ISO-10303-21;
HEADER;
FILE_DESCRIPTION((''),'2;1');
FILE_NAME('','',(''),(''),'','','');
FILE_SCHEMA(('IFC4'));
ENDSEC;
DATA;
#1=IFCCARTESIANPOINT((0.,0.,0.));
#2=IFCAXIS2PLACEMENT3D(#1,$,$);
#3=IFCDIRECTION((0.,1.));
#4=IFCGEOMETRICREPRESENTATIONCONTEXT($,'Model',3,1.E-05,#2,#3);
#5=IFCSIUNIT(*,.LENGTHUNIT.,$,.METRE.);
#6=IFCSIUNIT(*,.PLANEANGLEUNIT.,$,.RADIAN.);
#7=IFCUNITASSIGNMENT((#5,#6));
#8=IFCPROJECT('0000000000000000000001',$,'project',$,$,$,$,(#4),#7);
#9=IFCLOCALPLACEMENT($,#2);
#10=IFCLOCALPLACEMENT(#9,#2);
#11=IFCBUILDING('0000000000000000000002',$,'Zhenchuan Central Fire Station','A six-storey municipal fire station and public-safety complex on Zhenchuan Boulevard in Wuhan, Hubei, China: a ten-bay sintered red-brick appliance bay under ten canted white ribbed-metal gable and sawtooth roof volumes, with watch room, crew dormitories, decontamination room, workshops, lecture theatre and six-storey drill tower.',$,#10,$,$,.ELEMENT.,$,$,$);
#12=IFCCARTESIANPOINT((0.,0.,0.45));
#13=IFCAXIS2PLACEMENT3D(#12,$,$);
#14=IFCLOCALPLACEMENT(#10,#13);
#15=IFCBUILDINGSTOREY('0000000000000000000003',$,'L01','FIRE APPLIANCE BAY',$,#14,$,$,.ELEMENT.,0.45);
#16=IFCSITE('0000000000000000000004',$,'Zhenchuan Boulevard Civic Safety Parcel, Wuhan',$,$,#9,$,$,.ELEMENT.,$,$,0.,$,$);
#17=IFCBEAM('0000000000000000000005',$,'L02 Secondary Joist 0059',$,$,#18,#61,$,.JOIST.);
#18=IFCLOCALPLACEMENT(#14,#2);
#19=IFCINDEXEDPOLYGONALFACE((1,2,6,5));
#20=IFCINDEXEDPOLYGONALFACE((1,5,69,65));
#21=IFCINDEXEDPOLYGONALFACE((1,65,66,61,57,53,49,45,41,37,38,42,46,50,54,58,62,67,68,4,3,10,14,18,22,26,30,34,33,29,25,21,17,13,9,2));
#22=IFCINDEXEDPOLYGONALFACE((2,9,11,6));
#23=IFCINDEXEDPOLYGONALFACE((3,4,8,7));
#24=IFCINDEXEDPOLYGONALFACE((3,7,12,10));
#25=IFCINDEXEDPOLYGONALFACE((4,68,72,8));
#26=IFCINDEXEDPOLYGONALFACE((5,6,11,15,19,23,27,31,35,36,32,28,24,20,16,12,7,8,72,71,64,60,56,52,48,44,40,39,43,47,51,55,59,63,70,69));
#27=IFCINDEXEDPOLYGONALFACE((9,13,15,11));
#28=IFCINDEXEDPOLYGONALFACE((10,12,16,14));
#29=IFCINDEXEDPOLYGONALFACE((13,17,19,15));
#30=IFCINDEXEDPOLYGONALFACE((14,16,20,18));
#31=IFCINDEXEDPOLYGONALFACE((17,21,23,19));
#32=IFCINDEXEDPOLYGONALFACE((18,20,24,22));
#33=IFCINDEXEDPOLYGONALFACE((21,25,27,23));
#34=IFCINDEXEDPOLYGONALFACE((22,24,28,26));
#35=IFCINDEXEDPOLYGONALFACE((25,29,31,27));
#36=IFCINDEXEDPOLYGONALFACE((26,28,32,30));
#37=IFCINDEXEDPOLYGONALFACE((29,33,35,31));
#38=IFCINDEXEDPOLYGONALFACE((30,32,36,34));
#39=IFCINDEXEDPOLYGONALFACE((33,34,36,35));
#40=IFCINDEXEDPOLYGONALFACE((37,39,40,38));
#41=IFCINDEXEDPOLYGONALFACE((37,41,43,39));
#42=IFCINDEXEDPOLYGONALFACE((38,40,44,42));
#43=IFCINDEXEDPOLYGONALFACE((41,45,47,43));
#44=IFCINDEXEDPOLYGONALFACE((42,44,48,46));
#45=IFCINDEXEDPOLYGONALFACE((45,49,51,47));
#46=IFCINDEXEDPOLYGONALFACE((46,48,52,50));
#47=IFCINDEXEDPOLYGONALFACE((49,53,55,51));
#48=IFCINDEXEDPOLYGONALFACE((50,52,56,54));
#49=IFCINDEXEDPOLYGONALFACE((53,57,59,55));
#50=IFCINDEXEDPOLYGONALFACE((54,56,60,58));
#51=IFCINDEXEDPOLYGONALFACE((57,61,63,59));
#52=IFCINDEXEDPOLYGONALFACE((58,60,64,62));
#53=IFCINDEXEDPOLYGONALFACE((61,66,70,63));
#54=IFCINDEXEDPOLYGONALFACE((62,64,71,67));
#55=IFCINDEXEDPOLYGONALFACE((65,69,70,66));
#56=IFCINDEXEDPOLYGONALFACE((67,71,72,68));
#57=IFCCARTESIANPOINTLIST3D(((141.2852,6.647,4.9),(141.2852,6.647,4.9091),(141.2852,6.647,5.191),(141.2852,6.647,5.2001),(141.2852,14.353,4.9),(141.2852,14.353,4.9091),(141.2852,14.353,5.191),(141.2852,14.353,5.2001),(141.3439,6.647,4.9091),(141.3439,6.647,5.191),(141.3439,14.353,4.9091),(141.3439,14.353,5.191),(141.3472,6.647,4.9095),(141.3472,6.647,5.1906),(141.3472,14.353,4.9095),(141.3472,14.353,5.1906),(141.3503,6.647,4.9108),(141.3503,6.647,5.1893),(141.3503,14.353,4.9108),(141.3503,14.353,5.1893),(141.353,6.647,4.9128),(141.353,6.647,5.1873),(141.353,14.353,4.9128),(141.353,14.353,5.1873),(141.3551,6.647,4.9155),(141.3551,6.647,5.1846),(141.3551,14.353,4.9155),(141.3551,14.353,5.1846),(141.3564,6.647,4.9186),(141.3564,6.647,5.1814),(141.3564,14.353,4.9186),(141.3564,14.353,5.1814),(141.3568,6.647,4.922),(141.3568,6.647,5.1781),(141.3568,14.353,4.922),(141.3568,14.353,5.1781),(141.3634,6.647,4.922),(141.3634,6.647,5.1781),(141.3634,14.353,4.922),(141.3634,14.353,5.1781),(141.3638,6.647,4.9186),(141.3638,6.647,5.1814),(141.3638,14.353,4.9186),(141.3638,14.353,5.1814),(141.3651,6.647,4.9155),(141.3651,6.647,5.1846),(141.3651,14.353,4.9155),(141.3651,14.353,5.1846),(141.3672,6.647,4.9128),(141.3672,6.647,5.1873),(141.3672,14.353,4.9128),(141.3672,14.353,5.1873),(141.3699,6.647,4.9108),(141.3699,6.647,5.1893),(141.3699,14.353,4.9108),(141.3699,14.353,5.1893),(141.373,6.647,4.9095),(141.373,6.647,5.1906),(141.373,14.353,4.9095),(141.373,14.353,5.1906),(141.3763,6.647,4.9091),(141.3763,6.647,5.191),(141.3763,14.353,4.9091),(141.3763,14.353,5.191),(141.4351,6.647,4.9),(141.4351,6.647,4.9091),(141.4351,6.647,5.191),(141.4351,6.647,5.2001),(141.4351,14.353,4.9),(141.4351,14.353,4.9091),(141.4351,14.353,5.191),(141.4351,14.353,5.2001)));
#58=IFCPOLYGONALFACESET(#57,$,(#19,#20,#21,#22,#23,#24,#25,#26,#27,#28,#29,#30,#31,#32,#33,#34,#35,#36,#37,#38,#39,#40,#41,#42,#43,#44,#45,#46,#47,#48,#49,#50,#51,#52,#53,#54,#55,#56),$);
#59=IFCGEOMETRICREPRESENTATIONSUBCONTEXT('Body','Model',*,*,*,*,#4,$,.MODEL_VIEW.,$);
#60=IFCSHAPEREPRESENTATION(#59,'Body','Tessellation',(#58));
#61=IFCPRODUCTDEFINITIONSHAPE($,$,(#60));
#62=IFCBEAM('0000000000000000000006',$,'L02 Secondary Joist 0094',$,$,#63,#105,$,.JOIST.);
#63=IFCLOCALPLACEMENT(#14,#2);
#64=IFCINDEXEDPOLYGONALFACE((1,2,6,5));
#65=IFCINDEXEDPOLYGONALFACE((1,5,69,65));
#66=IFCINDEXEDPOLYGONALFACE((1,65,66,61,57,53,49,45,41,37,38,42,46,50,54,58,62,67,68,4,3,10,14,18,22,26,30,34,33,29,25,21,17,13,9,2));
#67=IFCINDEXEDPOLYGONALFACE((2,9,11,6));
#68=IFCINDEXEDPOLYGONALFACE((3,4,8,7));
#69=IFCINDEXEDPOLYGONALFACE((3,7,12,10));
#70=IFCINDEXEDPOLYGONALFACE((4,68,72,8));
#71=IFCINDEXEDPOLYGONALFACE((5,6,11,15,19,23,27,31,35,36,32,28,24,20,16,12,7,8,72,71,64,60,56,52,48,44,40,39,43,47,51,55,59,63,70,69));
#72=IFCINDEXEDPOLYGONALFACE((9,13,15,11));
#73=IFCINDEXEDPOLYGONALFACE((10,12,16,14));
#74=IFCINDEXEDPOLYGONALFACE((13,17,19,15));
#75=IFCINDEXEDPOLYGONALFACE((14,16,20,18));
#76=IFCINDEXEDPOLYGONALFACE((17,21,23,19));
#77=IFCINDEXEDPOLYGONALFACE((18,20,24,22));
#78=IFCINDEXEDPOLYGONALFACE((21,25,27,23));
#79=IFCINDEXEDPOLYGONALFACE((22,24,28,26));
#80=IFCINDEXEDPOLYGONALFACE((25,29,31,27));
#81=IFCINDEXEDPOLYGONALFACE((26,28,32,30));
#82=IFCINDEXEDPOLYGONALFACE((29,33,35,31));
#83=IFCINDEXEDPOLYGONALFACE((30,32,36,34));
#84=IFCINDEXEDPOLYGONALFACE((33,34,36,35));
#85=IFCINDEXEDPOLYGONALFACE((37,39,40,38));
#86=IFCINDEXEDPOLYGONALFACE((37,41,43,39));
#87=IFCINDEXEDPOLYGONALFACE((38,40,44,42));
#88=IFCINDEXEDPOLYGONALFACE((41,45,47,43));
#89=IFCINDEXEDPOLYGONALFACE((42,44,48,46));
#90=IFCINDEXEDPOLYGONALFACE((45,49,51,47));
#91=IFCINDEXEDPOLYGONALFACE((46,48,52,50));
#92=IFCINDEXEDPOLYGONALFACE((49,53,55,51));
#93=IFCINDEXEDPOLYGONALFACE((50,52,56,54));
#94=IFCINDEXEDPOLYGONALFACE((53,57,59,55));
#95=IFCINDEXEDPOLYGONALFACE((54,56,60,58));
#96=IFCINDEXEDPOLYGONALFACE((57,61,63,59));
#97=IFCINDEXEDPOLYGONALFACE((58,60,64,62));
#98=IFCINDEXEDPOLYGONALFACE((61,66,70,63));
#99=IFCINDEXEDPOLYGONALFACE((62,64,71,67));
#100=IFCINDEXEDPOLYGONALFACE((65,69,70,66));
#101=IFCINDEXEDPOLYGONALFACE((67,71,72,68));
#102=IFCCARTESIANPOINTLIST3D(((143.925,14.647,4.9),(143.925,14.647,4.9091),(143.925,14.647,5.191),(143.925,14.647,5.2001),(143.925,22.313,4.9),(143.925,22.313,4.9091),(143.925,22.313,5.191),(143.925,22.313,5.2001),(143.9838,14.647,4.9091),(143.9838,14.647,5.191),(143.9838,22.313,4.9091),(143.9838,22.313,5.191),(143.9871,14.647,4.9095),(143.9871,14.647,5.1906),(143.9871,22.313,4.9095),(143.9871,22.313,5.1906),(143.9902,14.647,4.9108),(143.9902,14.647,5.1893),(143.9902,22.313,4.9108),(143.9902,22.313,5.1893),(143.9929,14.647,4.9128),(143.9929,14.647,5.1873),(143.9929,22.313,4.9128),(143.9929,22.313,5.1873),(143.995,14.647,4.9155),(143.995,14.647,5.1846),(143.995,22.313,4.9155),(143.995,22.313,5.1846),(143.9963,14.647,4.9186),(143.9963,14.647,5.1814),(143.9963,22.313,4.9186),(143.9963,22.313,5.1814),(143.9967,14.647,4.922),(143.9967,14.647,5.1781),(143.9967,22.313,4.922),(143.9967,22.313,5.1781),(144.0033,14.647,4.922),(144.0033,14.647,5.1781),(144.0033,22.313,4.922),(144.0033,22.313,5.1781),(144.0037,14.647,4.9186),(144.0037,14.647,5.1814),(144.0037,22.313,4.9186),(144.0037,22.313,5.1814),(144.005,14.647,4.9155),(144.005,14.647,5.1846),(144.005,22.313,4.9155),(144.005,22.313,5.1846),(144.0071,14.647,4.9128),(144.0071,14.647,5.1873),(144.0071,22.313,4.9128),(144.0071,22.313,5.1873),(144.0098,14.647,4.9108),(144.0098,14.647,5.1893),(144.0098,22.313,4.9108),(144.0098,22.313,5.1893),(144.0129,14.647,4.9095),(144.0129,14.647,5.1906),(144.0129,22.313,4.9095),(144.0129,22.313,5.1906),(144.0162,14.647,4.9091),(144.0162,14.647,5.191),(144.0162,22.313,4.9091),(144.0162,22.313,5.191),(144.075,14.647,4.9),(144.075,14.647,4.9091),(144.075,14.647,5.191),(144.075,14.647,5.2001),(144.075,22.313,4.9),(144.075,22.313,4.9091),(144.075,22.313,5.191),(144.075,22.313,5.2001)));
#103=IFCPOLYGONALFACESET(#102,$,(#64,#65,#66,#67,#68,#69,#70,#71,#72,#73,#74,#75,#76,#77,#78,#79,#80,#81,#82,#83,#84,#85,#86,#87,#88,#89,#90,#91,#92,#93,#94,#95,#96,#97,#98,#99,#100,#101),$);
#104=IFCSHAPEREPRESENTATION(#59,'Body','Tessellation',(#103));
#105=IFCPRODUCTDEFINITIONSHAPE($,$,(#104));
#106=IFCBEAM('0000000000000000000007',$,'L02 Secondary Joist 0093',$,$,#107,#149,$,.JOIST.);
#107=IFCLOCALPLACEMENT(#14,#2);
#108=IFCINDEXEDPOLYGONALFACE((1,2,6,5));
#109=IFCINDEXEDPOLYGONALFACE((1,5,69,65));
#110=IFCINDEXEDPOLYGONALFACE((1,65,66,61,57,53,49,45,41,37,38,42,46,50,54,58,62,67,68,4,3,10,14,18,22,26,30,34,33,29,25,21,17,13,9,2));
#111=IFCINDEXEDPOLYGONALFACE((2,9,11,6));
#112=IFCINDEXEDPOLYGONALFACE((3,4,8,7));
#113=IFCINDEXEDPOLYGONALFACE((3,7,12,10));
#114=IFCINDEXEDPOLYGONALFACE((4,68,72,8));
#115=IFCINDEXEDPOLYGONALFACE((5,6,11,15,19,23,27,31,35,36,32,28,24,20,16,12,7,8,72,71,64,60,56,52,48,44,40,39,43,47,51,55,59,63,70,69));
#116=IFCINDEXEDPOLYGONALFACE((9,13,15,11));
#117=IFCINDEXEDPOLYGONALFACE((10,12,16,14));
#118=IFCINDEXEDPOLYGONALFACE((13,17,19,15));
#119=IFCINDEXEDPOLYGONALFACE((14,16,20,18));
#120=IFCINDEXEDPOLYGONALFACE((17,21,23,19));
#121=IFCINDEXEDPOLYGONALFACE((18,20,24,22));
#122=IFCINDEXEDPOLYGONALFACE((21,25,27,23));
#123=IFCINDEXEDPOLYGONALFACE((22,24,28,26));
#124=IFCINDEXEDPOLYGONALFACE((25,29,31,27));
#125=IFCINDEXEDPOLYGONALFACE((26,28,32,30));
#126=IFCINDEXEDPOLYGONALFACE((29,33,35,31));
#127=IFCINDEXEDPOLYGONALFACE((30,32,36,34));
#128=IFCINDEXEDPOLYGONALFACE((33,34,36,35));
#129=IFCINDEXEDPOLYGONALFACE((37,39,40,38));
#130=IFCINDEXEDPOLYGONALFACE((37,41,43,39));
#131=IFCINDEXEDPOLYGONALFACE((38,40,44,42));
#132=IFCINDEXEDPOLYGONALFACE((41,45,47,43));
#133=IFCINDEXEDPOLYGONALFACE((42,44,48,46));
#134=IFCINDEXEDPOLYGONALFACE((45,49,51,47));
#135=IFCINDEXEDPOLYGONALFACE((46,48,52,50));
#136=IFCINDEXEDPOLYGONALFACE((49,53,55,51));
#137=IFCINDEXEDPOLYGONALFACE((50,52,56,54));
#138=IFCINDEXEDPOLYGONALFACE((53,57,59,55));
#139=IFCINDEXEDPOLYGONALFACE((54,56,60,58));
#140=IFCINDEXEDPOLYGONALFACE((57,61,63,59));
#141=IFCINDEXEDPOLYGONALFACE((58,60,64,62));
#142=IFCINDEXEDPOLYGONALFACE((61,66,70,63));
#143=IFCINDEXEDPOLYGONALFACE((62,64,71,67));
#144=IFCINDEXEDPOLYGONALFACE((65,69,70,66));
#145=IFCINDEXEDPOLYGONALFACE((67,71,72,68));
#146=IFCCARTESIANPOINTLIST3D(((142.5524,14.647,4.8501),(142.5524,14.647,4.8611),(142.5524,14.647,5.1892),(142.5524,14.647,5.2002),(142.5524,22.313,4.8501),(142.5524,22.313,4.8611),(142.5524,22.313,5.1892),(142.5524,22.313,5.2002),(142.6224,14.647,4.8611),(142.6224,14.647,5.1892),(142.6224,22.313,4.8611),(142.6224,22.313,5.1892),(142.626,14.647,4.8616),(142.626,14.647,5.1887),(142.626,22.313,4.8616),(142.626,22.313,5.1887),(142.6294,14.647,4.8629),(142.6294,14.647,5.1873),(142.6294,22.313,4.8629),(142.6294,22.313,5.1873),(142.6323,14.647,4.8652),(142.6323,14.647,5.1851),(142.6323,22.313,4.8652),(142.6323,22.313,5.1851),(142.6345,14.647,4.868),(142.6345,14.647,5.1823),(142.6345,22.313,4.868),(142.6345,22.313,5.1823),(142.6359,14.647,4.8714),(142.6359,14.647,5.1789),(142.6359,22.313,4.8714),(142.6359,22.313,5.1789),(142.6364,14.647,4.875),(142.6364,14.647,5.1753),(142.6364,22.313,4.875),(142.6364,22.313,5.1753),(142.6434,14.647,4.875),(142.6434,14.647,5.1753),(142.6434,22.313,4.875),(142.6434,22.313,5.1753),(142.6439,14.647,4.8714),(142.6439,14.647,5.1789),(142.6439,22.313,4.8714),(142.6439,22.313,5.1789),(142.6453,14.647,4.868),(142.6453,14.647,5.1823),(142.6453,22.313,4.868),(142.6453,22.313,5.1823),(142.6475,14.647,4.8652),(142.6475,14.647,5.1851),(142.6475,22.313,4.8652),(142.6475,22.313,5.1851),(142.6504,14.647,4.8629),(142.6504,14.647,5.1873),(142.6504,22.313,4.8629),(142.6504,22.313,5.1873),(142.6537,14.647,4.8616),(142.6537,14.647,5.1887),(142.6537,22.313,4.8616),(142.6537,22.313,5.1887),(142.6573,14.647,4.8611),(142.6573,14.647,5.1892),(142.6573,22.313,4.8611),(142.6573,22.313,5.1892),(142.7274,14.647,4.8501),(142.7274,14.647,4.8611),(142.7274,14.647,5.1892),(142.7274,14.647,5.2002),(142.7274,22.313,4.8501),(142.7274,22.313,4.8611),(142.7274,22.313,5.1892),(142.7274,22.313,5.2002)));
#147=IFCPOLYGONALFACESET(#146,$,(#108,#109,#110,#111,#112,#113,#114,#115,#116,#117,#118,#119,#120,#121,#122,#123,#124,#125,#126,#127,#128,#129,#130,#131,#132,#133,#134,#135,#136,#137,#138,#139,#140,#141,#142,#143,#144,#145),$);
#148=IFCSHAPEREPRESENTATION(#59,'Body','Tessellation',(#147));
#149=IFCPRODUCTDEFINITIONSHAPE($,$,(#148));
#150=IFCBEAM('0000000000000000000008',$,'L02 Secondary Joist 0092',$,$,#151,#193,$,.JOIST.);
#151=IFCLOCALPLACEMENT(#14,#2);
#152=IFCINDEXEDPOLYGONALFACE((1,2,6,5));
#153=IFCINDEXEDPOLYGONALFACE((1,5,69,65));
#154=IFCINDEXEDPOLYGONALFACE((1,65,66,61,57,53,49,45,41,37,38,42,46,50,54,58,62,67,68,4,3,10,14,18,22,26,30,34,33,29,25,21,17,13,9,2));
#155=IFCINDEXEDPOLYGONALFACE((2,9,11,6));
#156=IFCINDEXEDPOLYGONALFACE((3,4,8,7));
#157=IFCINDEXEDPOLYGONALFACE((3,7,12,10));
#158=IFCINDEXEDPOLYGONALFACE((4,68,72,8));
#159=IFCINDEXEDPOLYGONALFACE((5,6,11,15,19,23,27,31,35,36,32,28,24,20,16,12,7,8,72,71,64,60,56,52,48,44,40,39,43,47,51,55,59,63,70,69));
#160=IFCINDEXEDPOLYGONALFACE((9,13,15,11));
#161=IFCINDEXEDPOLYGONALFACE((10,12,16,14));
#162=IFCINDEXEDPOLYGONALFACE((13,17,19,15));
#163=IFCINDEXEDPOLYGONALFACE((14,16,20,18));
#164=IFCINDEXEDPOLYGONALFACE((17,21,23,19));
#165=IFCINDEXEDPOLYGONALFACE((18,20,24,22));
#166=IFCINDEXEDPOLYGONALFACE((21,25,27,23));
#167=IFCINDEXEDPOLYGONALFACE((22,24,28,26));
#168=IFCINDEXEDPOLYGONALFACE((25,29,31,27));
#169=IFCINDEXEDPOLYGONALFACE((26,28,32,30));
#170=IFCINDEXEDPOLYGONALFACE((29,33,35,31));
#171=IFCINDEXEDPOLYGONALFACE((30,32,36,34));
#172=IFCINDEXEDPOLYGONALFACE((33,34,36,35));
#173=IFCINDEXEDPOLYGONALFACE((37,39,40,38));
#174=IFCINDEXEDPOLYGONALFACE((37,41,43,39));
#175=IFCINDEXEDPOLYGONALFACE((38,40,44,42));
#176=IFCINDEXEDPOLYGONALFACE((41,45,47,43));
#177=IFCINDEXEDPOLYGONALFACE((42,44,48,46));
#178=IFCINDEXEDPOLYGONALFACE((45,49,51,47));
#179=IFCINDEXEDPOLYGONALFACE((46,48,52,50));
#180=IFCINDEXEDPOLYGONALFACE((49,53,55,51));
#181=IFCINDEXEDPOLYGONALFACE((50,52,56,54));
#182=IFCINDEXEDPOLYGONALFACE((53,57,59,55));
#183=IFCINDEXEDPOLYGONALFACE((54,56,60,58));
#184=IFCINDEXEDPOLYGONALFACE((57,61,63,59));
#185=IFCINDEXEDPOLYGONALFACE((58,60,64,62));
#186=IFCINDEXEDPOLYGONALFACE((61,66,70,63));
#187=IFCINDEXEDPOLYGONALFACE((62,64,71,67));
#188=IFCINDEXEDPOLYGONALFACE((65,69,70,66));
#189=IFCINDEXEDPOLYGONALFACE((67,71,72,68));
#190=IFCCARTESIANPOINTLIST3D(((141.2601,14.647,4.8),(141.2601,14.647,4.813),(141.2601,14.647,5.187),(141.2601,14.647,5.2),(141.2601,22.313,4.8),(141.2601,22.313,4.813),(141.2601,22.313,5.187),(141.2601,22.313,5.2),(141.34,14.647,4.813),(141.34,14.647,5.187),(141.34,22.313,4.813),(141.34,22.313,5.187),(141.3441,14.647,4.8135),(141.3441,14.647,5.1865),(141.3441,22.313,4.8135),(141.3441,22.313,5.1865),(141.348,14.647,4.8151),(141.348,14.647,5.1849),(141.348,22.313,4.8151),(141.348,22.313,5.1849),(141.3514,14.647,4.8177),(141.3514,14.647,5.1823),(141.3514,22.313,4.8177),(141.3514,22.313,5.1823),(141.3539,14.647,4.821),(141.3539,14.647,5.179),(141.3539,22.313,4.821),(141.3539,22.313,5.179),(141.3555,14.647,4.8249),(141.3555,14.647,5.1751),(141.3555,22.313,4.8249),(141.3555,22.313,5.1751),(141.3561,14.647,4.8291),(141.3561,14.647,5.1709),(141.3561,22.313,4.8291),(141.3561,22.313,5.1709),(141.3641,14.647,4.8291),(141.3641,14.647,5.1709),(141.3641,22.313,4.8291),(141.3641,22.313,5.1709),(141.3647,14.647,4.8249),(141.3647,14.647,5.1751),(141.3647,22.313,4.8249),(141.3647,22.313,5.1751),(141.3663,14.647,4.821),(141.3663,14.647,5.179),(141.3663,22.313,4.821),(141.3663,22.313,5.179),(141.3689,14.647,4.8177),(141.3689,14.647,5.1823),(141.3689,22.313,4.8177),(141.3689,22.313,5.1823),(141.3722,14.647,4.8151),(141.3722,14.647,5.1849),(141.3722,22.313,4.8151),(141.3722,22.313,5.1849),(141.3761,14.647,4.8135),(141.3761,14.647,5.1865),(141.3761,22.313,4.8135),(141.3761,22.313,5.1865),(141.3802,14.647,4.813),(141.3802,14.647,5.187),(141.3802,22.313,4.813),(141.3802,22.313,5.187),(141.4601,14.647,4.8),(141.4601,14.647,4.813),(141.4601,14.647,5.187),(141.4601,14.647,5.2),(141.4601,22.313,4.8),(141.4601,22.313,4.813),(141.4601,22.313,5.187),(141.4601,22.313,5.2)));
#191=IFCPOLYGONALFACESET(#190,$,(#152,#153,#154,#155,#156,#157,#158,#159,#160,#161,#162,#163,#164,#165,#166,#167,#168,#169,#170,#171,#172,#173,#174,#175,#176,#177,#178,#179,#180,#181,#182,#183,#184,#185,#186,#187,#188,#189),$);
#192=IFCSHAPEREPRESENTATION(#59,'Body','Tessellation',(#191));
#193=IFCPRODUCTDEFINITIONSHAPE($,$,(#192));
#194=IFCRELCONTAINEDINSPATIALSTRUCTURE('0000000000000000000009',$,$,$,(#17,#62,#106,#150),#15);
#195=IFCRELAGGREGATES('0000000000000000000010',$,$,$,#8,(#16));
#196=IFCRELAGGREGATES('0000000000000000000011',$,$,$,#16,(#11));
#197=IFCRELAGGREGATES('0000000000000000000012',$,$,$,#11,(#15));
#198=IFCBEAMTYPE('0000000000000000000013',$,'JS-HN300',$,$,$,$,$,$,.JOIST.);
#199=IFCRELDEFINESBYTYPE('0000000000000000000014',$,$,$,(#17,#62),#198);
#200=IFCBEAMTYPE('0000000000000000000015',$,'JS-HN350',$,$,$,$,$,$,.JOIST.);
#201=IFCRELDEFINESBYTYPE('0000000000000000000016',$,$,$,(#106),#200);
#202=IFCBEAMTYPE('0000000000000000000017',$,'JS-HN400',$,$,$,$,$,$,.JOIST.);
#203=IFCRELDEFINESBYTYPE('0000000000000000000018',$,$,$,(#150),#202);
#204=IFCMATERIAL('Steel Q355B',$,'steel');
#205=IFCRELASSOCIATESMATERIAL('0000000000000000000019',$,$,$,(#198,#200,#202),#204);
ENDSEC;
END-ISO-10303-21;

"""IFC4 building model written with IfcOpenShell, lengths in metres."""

from ifc_helpers import new_model, si_unit, direction, frame, origin, origin_2d, place, context, subcontext, project, spatial, i_section, extrude, material, material_profile, profile_set, type_object, element, save


model = new_model("IFC4")

# Units and contexts
model_context = context("Model", 3, precision=1e-05, world=origin(), true_north=direction((0.0, 1.0)))
body_context = subcontext(model_context, "Body", "Model", "MODEL_VIEW")
ifc_project = project(units=[si_unit("LENGTHUNIT", "METRE"), si_unit("PLANEANGLEUNIT", "RADIAN")], contexts=[model_context])

# Site, building, storey
site_placement = place(None, origin())
site = spatial("IfcSite", under=ifc_project, at=site_placement, Name="Zhenchuan Boulevard Civic Safety Parcel, Wuhan", CompositionType="ELEMENT", RefElevation=0.0)
building_placement = place(site_placement, origin())
building = spatial("IfcBuilding", under=site, at=building_placement, Name="Zhenchuan Central Fire Station", Description="A six-storey municipal fire station and public-safety complex on Zhenchuan Boulevard in Wuhan, Hubei, China: a ten-bay sintered red-brick appliance bay under ten canted white ribbed-metal gable and sawtooth roof volumes, with watch room, crew dormitories, decontamination room, workshops, lecture theatre and six-storey drill tower.", CompositionType="ELEMENT")
storey_placement = place(building_placement, frame((0.0, 0.0, 0.45)))
storey = spatial("IfcBuildingStorey", under=building, at=storey_placement, Name="L01", Description="FIRE APPLIANCE BAY", CompositionType="ELEMENT", Elevation=0.45)

# Shared definitions
ifc_material_1 = material(Name="Steel Q355B", Category="steel")

# Beams
ifc_material_profile_1 = material_profile(ifc_material_1, i_section(OverallWidth=0.1499, OverallDepth=0.3, WebThickness=0.0066, FlangeThickness=0.009, FilletRadius=0.0129, at=origin_2d()), Name="HN 300x150")
ifc_profile_set_1 = profile_set([ifc_material_profile_1], Name="Steel Q355B")
beam_type_1 = type_object("IfcBeamType", Name="JS-HN300", PredefinedType="JOIST", material=ifc_profile_set_1)
beam_1_placement = place(storey_placement, frame((141.3601, 6.647, 5.05), z_axis=(0.0, 1.0, 0.0), x_axis=(-1.0, 0.0, 0.0)))
element("IfcBeam", 1, at=beam_1_placement, inside=storey, type_object=beam_type_1, Name="L02 Secondary Joist 0059", PredefinedType="JOIST", context=body_context, shape_type="SweptSolid", body=[
    extrude(i_section(OverallWidth=0.1499, OverallDepth=0.3, WebThickness=0.0066, FlangeThickness=0.009, FilletRadius=0.0129, at=origin_2d()), origin(), (0.0, 0.0, 1.0), 7.7061),
])
beam_2_placement = place(storey_placement, frame((144.0, 14.647, 5.05), z_axis=(0.0, 1.0, 0.0), x_axis=(-1.0, 0.0, 0.0)))
element("IfcBeam", 2, at=beam_2_placement, inside=storey, type_object=beam_type_1, Name="L02 Secondary Joist 0094", PredefinedType="JOIST", context=body_context, shape_type="SweptSolid", body=[
    extrude(i_section(OverallWidth=0.1499, OverallDepth=0.3, WebThickness=0.0066, FlangeThickness=0.009, FilletRadius=0.0129, at=origin_2d()), origin(), (0.0, 0.0, 1.0), 7.666),
])
ifc_material_profile_2 = material_profile(ifc_material_1, i_section(OverallWidth=0.175, OverallDepth=0.3501, WebThickness=0.0071, FlangeThickness=0.011, FilletRadius=0.0139, at=origin_2d()), Name="HN 350x175")
ifc_profile_set_2 = profile_set([ifc_material_profile_2], Name="Steel Q355B")
beam_type_2 = type_object("IfcBeamType", Name="JS-HN350", PredefinedType="JOIST", material=ifc_profile_set_2)
beam_3_placement = place(storey_placement, frame((142.6399, 14.647, 5.0251), z_axis=(0.0, 1.0, 0.0), x_axis=(-1.0, 0.0, 0.0)))
element("IfcBeam", 3, at=beam_3_placement, inside=storey, type_object=beam_type_2, Name="L02 Secondary Joist 0093", PredefinedType="JOIST", context=body_context, shape_type="SweptSolid", body=[
    extrude(i_section(OverallWidth=0.175, OverallDepth=0.3501, WebThickness=0.0071, FlangeThickness=0.011, FilletRadius=0.0139, at=origin_2d()), origin(), (0.0, 0.0, 1.0), 7.666),
])
ifc_material_profile_3 = material_profile(ifc_material_1, i_section(OverallWidth=0.2, OverallDepth=0.3999, WebThickness=0.0081, FlangeThickness=0.0129, FilletRadius=0.0161, at=origin_2d()), Name="HN 400x200")
ifc_profile_set_3 = profile_set([ifc_material_profile_3], Name="Steel Q355B")
beam_type_3 = type_object("IfcBeamType", Name="JS-HN400", PredefinedType="JOIST", material=ifc_profile_set_3)
beam_4_placement = place(storey_placement, frame((141.3601, 14.647, 5.0), z_axis=(0.0, 1.0, 0.0), x_axis=(-1.0, 0.0, 0.0)))
element("IfcBeam", 4, at=beam_4_placement, inside=storey, type_object=beam_type_3, Name="L02 Secondary Joist 0092", PredefinedType="JOIST", context=body_context, shape_type="SweptSolid", body=[
    extrude(i_section(OverallWidth=0.2, OverallDepth=0.3999, WebThickness=0.0081, FlangeThickness=0.0129, FilletRadius=0.0161, at=origin_2d()), origin(), (0.0, 0.0, 1.0), 7.666),
])

save(model, "model.ifc")
